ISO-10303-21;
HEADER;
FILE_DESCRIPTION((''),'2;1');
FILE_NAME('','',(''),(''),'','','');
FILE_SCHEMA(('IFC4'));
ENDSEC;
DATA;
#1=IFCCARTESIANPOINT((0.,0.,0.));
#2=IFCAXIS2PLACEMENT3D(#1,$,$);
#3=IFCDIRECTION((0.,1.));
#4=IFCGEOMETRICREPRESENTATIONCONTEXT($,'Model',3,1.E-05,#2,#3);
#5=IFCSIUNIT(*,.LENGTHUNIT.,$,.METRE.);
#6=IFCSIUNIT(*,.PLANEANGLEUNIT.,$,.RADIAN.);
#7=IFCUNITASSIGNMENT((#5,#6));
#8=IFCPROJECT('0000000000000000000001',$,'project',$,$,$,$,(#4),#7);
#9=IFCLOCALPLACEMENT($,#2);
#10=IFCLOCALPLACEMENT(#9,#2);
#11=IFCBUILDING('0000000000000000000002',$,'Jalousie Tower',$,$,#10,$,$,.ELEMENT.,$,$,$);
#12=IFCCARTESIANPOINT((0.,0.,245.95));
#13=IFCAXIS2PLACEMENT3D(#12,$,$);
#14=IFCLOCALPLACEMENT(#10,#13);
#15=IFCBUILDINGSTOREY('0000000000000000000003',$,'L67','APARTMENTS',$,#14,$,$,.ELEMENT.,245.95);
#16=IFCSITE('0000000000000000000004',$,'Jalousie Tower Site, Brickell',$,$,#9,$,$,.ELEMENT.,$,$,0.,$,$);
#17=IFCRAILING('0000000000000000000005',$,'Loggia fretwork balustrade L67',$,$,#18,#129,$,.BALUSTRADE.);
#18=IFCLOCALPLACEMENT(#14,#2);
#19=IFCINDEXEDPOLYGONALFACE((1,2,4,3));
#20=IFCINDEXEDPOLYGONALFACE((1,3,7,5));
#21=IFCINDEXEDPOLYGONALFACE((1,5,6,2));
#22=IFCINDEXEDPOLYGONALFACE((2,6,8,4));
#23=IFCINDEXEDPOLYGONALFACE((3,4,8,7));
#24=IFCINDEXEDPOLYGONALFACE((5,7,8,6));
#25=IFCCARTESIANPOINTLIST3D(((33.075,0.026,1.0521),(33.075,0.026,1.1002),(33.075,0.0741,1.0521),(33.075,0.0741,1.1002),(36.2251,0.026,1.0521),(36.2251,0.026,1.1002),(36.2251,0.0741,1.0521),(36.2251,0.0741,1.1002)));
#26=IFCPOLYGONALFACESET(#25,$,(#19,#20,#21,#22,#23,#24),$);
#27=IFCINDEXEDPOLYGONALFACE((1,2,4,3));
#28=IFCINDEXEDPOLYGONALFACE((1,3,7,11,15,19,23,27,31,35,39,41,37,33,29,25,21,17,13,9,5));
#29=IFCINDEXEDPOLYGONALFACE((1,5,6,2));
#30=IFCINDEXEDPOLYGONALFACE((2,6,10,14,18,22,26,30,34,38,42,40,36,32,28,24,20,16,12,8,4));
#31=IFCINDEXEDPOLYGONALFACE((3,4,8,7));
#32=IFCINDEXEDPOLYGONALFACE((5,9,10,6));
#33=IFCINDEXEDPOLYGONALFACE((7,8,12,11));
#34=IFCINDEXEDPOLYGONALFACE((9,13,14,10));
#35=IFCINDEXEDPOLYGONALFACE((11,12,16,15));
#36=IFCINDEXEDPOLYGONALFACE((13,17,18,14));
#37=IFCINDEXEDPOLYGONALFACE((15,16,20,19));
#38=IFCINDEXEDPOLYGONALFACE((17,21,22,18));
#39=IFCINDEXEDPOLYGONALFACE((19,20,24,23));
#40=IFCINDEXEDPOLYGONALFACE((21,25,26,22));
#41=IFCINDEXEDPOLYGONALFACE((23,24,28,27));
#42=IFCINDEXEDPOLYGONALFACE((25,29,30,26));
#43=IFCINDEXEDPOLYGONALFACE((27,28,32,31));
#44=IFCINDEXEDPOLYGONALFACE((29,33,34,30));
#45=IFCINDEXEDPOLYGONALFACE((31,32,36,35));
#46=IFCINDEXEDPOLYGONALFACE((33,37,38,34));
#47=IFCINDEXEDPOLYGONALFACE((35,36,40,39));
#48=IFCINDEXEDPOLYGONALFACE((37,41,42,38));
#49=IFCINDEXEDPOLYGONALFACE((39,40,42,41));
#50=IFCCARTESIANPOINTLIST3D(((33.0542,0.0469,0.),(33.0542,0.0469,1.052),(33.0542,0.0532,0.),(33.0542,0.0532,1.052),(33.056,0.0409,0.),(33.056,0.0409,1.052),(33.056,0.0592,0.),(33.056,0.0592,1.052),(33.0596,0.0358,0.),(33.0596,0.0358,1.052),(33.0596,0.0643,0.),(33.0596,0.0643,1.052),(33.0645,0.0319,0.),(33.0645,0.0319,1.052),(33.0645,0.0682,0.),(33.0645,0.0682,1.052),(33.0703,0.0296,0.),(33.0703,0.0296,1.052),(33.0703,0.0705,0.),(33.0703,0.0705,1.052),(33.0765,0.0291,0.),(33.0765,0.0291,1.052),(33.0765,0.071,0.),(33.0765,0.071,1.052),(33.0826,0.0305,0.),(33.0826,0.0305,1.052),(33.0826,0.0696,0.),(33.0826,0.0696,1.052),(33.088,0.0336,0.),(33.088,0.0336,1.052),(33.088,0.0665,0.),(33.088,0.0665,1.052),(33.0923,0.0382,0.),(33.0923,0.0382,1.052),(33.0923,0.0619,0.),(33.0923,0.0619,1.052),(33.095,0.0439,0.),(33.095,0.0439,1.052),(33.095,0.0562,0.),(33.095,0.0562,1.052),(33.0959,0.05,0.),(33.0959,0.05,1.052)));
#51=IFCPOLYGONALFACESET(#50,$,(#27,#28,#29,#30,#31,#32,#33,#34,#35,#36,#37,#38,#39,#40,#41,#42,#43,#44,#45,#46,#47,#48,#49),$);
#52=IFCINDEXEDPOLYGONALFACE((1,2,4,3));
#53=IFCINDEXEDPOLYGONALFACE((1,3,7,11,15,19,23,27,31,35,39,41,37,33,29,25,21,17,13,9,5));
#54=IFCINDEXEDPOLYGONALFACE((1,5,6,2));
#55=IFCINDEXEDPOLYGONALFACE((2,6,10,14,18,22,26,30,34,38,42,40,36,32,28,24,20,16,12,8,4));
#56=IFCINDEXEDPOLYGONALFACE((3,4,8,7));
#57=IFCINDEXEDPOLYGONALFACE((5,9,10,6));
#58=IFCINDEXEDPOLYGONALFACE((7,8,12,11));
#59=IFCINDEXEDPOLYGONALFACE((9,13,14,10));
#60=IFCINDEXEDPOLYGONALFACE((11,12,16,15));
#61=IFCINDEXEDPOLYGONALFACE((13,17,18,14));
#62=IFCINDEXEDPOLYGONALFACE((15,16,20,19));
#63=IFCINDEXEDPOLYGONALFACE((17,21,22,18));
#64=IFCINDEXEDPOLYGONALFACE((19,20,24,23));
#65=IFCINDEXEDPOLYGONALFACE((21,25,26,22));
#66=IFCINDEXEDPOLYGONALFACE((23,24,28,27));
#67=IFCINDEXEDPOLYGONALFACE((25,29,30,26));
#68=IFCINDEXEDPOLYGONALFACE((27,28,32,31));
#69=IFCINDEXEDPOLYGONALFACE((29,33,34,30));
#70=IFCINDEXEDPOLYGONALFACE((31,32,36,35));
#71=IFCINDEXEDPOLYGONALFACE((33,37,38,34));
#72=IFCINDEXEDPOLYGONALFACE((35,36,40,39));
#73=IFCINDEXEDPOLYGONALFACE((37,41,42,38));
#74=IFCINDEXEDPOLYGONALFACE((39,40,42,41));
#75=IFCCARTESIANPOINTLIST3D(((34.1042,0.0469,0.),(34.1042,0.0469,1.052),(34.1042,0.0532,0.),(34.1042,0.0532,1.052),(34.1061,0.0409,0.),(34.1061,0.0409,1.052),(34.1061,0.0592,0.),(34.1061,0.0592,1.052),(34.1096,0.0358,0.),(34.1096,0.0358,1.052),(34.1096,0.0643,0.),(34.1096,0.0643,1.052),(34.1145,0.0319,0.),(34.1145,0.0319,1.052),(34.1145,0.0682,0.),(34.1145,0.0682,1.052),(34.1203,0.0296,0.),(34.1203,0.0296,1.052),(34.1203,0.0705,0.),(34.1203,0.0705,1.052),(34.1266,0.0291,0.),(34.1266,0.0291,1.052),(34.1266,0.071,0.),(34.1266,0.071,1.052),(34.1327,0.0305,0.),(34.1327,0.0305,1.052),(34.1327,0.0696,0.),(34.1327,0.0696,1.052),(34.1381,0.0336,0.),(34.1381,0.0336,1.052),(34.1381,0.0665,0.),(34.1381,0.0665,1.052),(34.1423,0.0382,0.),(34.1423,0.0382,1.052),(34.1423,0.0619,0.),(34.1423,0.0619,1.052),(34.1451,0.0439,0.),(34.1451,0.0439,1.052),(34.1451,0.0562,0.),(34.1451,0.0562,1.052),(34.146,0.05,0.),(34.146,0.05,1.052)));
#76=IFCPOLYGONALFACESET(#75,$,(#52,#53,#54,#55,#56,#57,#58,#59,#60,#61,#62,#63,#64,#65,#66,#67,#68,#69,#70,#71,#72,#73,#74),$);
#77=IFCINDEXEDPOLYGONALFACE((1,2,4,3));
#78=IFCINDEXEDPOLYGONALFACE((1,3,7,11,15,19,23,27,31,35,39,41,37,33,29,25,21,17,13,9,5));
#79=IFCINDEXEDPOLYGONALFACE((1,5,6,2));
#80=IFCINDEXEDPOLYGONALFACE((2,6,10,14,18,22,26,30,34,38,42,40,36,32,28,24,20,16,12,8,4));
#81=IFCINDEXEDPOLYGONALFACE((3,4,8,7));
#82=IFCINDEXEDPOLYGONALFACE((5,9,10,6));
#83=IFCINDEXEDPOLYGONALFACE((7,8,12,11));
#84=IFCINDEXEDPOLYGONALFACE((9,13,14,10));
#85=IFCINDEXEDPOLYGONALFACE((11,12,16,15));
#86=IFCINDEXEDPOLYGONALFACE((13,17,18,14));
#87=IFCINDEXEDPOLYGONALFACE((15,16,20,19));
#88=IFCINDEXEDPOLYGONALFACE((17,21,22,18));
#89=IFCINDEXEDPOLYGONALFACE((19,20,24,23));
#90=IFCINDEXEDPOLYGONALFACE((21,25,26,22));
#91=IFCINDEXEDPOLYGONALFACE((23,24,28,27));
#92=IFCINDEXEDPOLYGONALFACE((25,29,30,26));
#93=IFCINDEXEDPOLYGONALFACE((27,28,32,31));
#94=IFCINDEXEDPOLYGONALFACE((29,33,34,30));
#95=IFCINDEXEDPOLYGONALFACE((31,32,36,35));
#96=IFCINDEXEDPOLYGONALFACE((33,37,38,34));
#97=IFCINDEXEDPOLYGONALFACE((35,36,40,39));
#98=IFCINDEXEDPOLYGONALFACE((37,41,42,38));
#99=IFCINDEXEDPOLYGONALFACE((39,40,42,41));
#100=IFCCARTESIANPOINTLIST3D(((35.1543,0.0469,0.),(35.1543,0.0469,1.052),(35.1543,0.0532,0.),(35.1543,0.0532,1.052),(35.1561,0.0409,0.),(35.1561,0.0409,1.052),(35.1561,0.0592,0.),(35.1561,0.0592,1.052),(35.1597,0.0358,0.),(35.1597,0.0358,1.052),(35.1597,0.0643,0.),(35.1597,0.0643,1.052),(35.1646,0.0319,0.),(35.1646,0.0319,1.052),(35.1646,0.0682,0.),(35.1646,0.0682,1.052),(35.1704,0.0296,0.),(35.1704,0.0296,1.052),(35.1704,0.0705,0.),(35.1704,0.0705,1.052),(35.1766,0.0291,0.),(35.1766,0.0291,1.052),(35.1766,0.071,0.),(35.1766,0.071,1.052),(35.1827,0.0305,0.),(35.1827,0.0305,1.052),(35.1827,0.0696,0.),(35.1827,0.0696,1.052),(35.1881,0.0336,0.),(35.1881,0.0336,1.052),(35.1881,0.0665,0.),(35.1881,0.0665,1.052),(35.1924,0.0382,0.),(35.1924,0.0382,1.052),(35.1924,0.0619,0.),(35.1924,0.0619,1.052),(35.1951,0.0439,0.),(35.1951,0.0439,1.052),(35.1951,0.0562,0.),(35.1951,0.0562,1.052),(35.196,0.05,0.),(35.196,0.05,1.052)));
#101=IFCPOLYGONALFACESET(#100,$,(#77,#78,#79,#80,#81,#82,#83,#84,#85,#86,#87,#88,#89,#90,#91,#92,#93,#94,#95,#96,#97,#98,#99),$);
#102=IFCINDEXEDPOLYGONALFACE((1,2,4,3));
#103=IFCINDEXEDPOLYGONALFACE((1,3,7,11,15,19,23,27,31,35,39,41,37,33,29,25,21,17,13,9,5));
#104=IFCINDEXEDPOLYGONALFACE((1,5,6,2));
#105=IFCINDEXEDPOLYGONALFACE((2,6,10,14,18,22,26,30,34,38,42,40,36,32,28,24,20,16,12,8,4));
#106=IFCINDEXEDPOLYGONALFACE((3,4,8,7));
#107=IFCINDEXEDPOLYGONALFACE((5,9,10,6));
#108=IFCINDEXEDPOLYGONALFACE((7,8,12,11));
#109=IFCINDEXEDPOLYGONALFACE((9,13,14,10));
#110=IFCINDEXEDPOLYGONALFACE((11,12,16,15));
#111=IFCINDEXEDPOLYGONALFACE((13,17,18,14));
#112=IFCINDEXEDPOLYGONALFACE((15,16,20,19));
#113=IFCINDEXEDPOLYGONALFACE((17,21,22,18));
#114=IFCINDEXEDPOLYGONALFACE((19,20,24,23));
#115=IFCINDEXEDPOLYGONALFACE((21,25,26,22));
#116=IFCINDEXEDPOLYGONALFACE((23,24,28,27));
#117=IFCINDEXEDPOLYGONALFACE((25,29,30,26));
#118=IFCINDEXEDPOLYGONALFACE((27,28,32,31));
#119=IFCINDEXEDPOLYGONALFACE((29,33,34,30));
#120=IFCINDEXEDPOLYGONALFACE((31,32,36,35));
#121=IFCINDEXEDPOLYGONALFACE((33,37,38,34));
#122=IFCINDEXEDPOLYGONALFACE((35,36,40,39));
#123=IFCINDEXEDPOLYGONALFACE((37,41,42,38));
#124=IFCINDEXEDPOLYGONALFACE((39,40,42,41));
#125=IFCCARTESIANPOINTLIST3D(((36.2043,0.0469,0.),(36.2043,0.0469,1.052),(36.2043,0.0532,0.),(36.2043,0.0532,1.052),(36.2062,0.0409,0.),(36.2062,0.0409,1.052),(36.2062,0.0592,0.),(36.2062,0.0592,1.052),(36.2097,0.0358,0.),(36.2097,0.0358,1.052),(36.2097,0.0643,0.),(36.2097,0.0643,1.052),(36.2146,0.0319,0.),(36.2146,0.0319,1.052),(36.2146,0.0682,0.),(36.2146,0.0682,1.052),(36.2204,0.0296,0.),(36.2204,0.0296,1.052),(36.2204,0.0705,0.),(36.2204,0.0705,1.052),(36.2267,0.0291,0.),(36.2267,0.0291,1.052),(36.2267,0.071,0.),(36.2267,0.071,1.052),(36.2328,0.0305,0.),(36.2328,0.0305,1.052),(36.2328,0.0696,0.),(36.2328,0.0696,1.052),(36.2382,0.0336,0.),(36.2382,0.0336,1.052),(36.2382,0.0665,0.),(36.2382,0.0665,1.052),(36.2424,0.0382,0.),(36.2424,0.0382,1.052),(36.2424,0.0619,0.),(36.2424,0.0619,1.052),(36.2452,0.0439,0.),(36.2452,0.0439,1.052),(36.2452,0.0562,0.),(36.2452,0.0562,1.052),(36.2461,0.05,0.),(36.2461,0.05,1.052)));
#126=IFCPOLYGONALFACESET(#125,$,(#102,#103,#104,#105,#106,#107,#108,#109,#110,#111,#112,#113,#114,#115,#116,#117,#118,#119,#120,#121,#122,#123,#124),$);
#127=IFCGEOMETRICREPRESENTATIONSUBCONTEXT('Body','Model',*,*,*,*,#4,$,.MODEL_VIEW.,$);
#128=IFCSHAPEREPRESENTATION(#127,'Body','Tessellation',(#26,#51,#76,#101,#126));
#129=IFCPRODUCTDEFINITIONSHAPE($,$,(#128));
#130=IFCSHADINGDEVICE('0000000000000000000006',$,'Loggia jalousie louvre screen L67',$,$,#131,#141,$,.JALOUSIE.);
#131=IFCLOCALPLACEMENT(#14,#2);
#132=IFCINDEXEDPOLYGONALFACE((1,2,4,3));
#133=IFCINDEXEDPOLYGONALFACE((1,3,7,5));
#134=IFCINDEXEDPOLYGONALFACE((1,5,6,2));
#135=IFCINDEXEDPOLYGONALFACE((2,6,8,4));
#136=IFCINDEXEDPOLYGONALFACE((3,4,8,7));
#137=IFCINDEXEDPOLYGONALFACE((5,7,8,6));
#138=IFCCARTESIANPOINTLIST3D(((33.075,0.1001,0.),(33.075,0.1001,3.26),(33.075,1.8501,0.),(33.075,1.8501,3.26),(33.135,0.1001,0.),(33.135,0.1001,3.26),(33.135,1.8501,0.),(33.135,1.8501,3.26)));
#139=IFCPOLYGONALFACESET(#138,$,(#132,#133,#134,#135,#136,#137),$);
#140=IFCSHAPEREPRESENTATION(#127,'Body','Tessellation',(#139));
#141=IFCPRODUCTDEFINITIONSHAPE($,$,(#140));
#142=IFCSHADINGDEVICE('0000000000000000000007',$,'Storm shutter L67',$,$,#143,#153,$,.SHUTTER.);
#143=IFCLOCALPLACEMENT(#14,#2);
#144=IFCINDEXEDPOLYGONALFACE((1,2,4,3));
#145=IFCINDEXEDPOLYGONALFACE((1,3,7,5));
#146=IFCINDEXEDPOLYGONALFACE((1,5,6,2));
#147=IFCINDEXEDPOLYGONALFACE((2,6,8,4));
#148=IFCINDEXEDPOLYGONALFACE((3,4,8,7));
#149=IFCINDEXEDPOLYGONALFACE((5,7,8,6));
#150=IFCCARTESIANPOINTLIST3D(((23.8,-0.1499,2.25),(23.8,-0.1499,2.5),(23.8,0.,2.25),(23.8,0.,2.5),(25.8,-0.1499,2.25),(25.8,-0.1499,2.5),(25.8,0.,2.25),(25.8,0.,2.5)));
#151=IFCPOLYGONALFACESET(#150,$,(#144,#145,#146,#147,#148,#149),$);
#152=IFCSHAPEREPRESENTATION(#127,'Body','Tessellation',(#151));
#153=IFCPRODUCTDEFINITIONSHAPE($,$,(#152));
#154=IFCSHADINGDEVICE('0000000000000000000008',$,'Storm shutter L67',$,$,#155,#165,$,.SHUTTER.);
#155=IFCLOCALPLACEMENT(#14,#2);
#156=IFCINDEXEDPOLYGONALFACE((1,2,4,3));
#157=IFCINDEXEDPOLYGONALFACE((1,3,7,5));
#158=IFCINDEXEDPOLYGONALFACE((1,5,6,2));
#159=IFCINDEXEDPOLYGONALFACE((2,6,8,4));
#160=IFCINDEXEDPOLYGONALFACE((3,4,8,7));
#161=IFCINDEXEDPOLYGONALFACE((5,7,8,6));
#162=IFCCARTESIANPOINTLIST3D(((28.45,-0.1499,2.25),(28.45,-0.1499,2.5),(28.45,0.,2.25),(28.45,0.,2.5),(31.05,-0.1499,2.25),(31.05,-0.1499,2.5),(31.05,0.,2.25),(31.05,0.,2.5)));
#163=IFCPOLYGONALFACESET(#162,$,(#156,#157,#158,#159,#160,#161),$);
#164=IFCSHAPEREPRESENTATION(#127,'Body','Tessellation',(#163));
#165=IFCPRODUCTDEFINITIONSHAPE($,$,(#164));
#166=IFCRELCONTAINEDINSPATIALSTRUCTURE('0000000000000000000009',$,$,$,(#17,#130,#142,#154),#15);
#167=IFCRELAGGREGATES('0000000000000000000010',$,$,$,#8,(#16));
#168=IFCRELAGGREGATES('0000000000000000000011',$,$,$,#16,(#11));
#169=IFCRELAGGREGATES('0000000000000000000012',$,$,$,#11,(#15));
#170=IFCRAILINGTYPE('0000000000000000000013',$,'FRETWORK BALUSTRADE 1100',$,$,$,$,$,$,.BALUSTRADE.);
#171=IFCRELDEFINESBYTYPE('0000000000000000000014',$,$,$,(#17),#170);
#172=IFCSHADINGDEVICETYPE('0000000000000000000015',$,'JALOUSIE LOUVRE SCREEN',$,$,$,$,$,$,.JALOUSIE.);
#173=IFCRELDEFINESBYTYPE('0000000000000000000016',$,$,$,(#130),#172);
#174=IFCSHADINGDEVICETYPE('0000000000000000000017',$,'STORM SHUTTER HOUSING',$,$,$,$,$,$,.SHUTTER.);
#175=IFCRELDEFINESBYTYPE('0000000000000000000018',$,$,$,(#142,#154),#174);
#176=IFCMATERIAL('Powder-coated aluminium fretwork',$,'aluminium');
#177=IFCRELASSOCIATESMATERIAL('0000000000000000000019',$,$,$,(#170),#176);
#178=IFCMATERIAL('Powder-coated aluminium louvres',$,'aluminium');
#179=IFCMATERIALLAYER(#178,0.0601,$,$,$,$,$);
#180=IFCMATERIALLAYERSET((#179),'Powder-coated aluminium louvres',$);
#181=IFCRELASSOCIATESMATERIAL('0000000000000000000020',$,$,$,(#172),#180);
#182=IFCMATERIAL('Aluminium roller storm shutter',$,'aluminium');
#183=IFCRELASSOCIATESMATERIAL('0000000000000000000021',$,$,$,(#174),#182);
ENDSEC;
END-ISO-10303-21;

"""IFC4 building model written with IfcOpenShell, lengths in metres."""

from ifc_helpers import new_model, si_unit, direction, frame, origin, origin_2d, place, context, subcontext, project, spatial, rectangle, circle, extrude, material, layer, layer_set, type_object, element, save


model = new_model("IFC4")

# Units and contexts
model_context = context("Model", 3, precision=1e-05, world=origin(), true_north=direction((0.0, 1.0)))
body_context = subcontext(model_context, "Body", "Model", "MODEL_VIEW")
ifc_project = project(units=[si_unit("LENGTHUNIT", "METRE"), si_unit("PLANEANGLEUNIT", "RADIAN")], contexts=[model_context])

# Site, building, storey
site_placement = place(None, origin())
site = spatial("IfcSite", under=ifc_project, at=site_placement, Name="Jalousie Tower Site, Brickell", CompositionType="ELEMENT", RefElevation=0.0)
building_placement = place(site_placement, origin())
building = spatial("IfcBuilding", under=site, at=building_placement, Name="Jalousie Tower", CompositionType="ELEMENT")
storey_placement = place(building_placement, frame((0.0, 0.0, 245.95)))
storey = spatial("IfcBuildingStorey", under=building, at=storey_placement, Name="L67", Description="APARTMENTS", CompositionType="ELEMENT", Elevation=245.95)

# Railing
ifc_material_1 = material(Name="Powder-coated aluminium fretwork", Category="aluminium")
railing_type = type_object("IfcRailingType", Name="FRETWORK BALUSTRADE 1100", PredefinedType="BALUSTRADE", material=ifc_material_1)
railing_placement = place(storey_placement, frame((33.075, 0.05, 0.0)))
element("IfcRailing", 1, at=railing_placement, inside=storey, type_object=railing_type, Name="Loggia fretwork balustrade L67", PredefinedType="BALUSTRADE", context=body_context, shape_type="SweptSolid", body=[
    extrude(rectangle(XDim=0.0481, YDim=0.0481, at=origin_2d()), frame((0.0, 0.0, 1.0762), z_axis=(1.0, 0.0, 0.0), x_axis=(0.0, 1.0, 0.0)), (0.0, 0.0, 1.0), 3.1501),
    extrude(circle(Radius=0.021, at=origin_2d()), origin(), (0.0, 0.0, 1.0), 1.052),
    extrude(circle(Radius=0.021, at=origin_2d()), frame((1.05, 0.0, 0.0)), (0.0, 0.0, 1.0), 1.052),
    extrude(circle(Radius=0.021, at=origin_2d()), frame((2.1001, 0.0, 0.0)), (0.0, 0.0, 1.0), 1.052),
    extrude(circle(Radius=0.021, at=origin_2d()), frame((3.1501, 0.0, 0.0)), (0.0, 0.0, 1.0), 1.052),
])

# Shading devices
ifc_material_2 = material(Name="Powder-coated aluminium louvres", Category="aluminium")
ifc_layer_1 = layer(ifc_material_2, 0.0601)
ifc_layer_set_1 = layer_set([ifc_layer_1], Name="Powder-coated aluminium louvres")
shading_device_type_1 = type_object("IfcShadingDeviceType", Name="JALOUSIE LOUVRE SCREEN", PredefinedType="JALOUSIE", material=ifc_layer_set_1)
shading_device_1_placement = place(storey_placement, frame((33.105, 0.9751, 0.0), z_axis=(0.0, 0.0, 1.0), x_axis=(1.0, 0.0, 0.0)))
element("IfcShadingDevice", 2, at=shading_device_1_placement, inside=storey, type_object=shading_device_type_1, Name="Loggia jalousie louvre screen L67", PredefinedType="JALOUSIE", context=body_context, shape_type="SweptSolid", body=[
    extrude(rectangle(XDim=0.0601, YDim=1.75, at=origin_2d()), origin(), (0.0, 0.0, 1.0), 3.26),
])
ifc_material_3 = material(Name="Aluminium roller storm shutter", Category="aluminium")
shading_device_type_2 = type_object("IfcShadingDeviceType", Name="STORM SHUTTER HOUSING", PredefinedType="SHUTTER", material=ifc_material_3)
shading_device_2_placement = place(storey_placement, frame((24.8, -0.075, 2.25), z_axis=(0.0, 0.0, 1.0), x_axis=(1.0, 0.0, 0.0)))
element("IfcShadingDevice", 3, at=shading_device_2_placement, inside=storey, type_object=shading_device_type_2, Name="Storm shutter L67", PredefinedType="SHUTTER", context=body_context, shape_type="SweptSolid", body=[
    extrude(rectangle(XDim=2.0, YDim=0.1499, at=origin_2d()), origin(), (0.0, 0.0, 1.0), 0.25),
])
shading_device_3_placement = place(storey_placement, frame((29.75, -0.075, 2.25), z_axis=(0.0, 0.0, 1.0), x_axis=(1.0, 0.0, 0.0)))
element("IfcShadingDevice", 4, at=shading_device_3_placement, inside=storey, type_object=shading_device_type_2, Name="Storm shutter L67", PredefinedType="SHUTTER", context=body_context, shape_type="SweptSolid", body=[
    extrude(rectangle(XDim=2.6001, YDim=0.1499, at=origin_2d()), origin(), (0.0, 0.0, 1.0), 0.25),
])

save(model, "model.ifc")
